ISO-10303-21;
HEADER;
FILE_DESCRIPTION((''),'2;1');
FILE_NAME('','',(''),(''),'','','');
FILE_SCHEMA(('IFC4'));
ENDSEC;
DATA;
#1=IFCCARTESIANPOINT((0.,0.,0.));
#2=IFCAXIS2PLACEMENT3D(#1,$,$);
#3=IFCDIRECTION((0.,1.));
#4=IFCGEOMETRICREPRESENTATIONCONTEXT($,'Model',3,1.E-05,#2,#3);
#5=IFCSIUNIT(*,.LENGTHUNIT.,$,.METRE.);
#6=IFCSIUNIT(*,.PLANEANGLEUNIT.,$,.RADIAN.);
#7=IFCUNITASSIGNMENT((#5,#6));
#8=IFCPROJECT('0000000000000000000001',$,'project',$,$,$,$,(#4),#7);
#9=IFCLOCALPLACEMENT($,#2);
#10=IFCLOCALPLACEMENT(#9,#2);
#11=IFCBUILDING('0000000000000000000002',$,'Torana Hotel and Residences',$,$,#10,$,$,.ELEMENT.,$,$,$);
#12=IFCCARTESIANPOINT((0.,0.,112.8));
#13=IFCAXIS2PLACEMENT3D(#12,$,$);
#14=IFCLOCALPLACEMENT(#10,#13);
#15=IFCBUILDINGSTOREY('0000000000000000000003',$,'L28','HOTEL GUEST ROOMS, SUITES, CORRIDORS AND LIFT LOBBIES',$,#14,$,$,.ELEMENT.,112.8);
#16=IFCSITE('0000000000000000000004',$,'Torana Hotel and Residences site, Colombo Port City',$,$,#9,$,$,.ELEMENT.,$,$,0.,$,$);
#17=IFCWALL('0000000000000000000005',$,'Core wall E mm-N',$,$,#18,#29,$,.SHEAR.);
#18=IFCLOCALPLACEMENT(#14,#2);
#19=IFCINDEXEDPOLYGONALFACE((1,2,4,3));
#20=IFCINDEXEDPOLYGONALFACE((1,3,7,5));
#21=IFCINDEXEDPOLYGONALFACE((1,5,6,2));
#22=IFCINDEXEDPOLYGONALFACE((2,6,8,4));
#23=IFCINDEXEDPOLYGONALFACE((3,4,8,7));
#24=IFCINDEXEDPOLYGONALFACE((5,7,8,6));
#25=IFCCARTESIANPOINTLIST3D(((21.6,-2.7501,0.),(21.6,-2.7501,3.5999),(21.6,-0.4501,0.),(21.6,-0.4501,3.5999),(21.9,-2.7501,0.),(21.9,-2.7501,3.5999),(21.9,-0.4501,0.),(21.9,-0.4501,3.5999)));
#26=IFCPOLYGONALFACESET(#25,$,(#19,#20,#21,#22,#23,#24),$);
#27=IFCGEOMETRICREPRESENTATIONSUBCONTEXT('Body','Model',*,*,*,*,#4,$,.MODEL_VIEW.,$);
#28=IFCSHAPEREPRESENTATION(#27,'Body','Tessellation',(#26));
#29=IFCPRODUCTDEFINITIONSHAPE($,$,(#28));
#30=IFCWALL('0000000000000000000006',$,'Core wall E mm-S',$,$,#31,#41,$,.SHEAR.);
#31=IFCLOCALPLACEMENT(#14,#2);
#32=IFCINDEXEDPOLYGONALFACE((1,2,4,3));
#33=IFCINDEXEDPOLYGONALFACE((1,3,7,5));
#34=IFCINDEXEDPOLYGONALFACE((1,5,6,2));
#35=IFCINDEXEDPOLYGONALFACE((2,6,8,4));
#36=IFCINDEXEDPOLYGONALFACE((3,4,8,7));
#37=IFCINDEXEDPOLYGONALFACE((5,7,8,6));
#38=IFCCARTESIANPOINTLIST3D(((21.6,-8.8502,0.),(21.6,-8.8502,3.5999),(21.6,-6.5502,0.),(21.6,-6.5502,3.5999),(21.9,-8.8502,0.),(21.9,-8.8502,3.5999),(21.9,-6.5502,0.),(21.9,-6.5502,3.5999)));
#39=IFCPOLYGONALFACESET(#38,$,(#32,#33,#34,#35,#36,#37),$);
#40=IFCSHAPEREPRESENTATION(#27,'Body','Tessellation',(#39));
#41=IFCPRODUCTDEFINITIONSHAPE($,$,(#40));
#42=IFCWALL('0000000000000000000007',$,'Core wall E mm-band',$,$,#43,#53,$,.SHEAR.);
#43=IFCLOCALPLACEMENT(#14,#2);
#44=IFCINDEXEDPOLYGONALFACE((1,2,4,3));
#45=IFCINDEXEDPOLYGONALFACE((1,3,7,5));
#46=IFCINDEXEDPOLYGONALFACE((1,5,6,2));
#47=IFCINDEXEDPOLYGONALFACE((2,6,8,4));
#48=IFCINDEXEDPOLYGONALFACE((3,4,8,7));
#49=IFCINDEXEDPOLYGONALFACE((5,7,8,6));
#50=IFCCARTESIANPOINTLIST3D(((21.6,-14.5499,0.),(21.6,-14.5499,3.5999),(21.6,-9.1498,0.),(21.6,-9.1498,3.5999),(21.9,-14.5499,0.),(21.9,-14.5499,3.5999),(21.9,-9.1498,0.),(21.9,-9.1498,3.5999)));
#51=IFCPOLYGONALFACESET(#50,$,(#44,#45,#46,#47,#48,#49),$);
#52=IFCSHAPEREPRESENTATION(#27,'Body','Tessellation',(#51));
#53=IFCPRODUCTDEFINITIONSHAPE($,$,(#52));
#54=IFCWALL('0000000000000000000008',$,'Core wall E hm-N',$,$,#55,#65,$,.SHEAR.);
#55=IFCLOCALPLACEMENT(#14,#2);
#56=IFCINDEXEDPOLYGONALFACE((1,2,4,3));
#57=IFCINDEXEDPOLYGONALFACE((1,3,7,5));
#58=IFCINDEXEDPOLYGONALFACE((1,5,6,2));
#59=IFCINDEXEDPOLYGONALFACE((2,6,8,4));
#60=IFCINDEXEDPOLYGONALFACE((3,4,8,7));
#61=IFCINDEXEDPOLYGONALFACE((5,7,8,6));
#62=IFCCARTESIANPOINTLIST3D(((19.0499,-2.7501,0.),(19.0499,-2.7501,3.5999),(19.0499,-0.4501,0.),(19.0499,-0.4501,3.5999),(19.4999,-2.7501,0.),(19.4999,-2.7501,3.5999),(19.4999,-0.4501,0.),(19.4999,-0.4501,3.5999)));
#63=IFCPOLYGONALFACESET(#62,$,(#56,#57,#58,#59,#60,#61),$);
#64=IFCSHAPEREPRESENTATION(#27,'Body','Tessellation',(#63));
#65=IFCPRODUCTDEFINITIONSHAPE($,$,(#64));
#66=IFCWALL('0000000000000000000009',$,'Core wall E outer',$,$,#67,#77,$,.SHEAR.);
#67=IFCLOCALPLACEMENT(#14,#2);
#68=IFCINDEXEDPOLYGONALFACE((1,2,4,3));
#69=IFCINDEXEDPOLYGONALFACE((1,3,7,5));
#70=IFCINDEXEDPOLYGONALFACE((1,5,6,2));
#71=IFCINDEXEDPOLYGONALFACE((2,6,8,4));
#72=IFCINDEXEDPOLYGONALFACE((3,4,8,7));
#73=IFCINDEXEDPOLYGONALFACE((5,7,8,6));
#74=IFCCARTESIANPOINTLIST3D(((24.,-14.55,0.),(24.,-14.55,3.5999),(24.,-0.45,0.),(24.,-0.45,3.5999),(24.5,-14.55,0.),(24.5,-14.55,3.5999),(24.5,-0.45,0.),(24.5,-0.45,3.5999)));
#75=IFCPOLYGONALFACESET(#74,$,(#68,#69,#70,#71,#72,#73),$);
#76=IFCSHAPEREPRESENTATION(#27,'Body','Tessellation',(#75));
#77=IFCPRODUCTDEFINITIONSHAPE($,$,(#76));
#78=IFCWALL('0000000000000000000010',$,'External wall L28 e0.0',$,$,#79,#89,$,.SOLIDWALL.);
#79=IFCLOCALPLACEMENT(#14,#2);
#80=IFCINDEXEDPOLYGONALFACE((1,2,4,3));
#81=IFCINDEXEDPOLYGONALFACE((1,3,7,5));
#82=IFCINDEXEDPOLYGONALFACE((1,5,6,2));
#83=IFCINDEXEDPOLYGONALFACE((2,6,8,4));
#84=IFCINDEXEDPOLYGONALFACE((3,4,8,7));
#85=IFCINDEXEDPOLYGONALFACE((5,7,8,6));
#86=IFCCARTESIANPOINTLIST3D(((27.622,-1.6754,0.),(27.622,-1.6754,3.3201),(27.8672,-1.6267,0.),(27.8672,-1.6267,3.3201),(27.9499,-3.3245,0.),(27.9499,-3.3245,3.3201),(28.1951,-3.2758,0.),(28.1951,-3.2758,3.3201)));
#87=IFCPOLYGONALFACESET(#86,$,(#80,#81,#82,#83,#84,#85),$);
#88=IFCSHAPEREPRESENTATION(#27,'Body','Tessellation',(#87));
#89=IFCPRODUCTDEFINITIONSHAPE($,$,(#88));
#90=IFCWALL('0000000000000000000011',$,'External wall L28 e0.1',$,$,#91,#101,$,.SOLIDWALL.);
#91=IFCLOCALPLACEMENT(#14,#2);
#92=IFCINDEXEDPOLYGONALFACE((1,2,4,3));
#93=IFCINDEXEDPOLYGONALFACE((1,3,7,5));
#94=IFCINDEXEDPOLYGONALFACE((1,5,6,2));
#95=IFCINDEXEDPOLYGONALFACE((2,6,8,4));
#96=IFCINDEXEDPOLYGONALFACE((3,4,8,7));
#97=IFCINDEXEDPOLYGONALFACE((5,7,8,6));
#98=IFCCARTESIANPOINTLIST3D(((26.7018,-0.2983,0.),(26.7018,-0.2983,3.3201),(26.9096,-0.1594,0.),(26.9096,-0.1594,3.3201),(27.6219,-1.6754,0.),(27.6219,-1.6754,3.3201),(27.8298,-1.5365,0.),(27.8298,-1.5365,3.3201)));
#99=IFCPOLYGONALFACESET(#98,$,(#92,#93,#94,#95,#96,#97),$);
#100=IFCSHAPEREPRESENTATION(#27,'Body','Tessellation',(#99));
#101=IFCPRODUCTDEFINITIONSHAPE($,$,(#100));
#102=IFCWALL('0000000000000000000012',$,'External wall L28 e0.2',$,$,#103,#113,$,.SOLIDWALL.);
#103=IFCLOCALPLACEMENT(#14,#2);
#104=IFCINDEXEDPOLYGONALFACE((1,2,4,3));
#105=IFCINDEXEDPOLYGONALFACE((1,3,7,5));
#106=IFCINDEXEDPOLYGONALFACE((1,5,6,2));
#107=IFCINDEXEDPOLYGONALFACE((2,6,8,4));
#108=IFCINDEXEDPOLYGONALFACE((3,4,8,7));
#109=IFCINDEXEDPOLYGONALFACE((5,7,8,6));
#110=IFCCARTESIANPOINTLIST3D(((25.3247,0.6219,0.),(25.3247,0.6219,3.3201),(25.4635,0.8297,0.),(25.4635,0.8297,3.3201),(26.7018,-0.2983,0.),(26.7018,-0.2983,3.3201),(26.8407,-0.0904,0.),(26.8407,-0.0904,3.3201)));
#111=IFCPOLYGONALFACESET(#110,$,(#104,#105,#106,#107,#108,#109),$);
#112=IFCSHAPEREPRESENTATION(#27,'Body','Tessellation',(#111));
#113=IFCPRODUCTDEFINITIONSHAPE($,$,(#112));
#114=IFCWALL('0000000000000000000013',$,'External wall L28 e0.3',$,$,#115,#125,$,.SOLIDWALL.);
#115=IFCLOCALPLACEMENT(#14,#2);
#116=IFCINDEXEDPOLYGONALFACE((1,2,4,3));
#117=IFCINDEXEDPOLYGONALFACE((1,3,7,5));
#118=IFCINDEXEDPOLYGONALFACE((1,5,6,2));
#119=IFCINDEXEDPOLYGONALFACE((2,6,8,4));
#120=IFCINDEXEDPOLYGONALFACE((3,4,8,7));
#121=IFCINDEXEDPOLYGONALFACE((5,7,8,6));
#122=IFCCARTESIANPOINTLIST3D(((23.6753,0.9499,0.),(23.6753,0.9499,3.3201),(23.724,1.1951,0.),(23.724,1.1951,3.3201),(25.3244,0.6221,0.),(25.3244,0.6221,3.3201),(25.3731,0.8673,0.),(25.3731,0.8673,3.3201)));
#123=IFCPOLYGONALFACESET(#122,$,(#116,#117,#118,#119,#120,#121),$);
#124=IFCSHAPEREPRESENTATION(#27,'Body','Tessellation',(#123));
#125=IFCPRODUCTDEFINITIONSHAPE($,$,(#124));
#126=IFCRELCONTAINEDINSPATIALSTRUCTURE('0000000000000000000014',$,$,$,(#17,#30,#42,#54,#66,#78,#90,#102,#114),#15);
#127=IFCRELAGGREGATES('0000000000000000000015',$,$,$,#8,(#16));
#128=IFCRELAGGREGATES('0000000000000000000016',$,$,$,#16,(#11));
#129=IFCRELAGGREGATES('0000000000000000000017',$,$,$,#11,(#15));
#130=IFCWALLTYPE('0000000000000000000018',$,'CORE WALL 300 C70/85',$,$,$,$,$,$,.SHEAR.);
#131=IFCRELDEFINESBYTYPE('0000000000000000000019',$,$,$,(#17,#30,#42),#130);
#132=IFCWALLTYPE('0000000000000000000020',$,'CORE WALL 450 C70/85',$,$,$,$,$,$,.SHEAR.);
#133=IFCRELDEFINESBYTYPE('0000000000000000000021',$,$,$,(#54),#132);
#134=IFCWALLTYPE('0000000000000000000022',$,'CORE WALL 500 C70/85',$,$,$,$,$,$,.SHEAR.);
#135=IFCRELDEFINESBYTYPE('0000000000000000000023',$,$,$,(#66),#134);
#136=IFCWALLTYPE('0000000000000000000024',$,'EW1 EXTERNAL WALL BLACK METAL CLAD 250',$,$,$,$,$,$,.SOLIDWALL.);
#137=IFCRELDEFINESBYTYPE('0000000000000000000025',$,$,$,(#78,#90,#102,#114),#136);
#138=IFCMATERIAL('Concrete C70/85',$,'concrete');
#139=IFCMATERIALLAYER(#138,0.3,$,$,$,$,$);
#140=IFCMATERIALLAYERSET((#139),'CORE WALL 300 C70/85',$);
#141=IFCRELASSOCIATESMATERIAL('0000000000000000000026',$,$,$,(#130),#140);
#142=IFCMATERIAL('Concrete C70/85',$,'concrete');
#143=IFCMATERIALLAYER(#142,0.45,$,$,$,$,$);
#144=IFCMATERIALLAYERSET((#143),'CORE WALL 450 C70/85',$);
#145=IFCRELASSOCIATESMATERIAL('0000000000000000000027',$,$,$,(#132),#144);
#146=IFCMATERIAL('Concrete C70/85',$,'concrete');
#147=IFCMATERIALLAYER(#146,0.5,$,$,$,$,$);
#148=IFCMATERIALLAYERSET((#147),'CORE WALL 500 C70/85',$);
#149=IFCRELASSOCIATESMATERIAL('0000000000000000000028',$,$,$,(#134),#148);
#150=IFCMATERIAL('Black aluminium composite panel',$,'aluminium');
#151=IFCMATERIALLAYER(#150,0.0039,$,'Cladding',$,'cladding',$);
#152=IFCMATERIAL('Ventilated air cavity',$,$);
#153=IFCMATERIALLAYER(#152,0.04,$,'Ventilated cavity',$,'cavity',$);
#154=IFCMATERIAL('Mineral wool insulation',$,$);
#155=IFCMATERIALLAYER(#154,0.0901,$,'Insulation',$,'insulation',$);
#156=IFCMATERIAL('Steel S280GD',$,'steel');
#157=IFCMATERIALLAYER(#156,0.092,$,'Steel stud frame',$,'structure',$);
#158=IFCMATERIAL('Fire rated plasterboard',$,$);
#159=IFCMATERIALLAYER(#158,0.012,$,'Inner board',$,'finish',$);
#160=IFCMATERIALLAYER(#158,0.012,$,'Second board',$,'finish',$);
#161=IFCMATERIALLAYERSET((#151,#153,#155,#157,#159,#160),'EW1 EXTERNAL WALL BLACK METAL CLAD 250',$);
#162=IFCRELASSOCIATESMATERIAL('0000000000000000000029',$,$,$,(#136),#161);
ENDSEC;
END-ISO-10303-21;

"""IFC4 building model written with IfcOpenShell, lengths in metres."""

from ifc_helpers import new_model, si_unit, direction, frame, frame_2d, origin, place, context, subcontext, project, spatial, rectangle, extrude, material, layer, layer_set, type_object, element, save


model = new_model("IFC4")

# Units and contexts
model_context = context("Model", 3, precision=1e-05, world=origin(), true_north=direction((0.0, 1.0)))
body_context = subcontext(model_context, "Body", "Model", "MODEL_VIEW")
ifc_project = project(units=[si_unit("LENGTHUNIT", "METRE"), si_unit("PLANEANGLEUNIT", "RADIAN")], contexts=[model_context])

# Site, building, storey
site_placement = place(None, origin())
site = spatial("IfcSite", under=ifc_project, at=site_placement, Name="Torana Hotel and Residences site, Colombo Port City", CompositionType="ELEMENT", RefElevation=0.0)
building_placement = place(site_placement, origin())
building = spatial("IfcBuilding", under=site, at=building_placement, Name="Torana Hotel and Residences", CompositionType="ELEMENT")
storey_placement = place(building_placement, frame((0.0, 0.0, 112.8)))
storey = spatial("IfcBuildingStorey", under=building, at=storey_placement, Name="L28", Description="HOTEL GUEST ROOMS, SUITES, CORRIDORS AND LIFT LOBBIES", CompositionType="ELEMENT", Elevation=112.8)

# Walls
ifc_material_1 = material(Name="Concrete C70/85", Category="concrete")
ifc_layer_1 = layer(ifc_material_1, 0.3)
ifc_layer_set_1 = layer_set([ifc_layer_1], Name="CORE WALL 300 C70/85")
wall_type_1 = type_object("IfcWallType", Name="CORE WALL 300 C70/85", PredefinedType="SHEAR", material=ifc_layer_set_1)
for number, where, z_axis, x_axis, name in (
    (1, (21.75, -2.75, 0.0), (0.0, 0.0, 1.0), (0.0, 1.0, 0.0), "Core wall E mm-N"),
    (2, (21.75, -8.8501, 0.0), (0.0, 0.0, 1.0), (0.0, 1.0, 0.0), "Core wall E mm-S"),
):
    element("IfcWall", number, at=place(storey_placement, frame(where, z_axis=z_axis, x_axis=x_axis)), inside=storey, type_object=wall_type_1, Name=name, PredefinedType="SHEAR", context=body_context, shape_type="SweptSolid", body=[
        extrude(rectangle(XDim=2.3, YDim=0.3, at=frame_2d((1.1499, 0.0))), origin(), (0.0, 0.0, 1.0), 3.5999),
    ])
wall_1_placement = place(storey_placement, frame((21.75, -14.55, 0.0), z_axis=(0.0, 0.0, 1.0), x_axis=(0.0, 1.0, 0.0)))
element("IfcWall", 3, at=wall_1_placement, inside=storey, type_object=wall_type_1, Name="Core wall E mm-band", PredefinedType="SHEAR", context=body_context, shape_type="SweptSolid", body=[
    extrude(rectangle(XDim=5.4001, YDim=0.3, at=frame_2d((2.7002, 0.0))), origin(), (0.0, 0.0, 1.0), 3.5999),
])
ifc_material_2 = material(Name="Concrete C70/85", Category="concrete")
ifc_layer_2 = layer(ifc_material_2, 0.45)
ifc_layer_set_2 = layer_set([ifc_layer_2], Name="CORE WALL 450 C70/85")
wall_type_2 = type_object("IfcWallType", Name="CORE WALL 450 C70/85", PredefinedType="SHEAR", material=ifc_layer_set_2)
wall_2_placement = place(storey_placement, frame((19.2749, -2.75, 0.0), z_axis=(0.0, 0.0, 1.0), x_axis=(0.0, 1.0, 0.0)))
element("IfcWall", 4, at=wall_2_placement, inside=storey, type_object=wall_type_2, Name="Core wall E hm-N", PredefinedType="SHEAR", context=body_context, shape_type="SweptSolid", body=[
    extrude(rectangle(XDim=2.3, YDim=0.45, at=frame_2d((1.1499, 0.0))), origin(), (0.0, 0.0, 1.0), 3.5999),
])
ifc_material_3 = material(Name="Concrete C70/85", Category="concrete")
ifc_layer_3 = layer(ifc_material_3, 0.5)
ifc_layer_set_3 = layer_set([ifc_layer_3], Name="CORE WALL 500 C70/85")
wall_type_3 = type_object("IfcWallType", Name="CORE WALL 500 C70/85", PredefinedType="SHEAR", material=ifc_layer_set_3)
wall_3_placement = place(storey_placement, frame((24.25, -14.55, 0.0), z_axis=(0.0, 0.0, 1.0), x_axis=(0.0, 1.0, 0.0)))
element("IfcWall", 5, at=wall_3_placement, inside=storey, type_object=wall_type_3, Name="Core wall E outer", PredefinedType="SHEAR", context=body_context, shape_type="SweptSolid", body=[
    extrude(rectangle(XDim=14.1001, YDim=0.5, at=frame_2d((7.05, 0.0))), origin(), (0.0, 0.0, 1.0), 3.5999),
])
ifc_material_4 = material(Name="Black aluminium composite panel", Category="aluminium")
ifc_layer_4 = layer(ifc_material_4, 0.0039, Name="Cladding", Category="cladding")
ifc_material_5 = material(Name="Ventilated air cavity")
ifc_layer_5 = layer(ifc_material_5, 0.04, Name="Ventilated cavity", Category="cavity")
ifc_material_6 = material(Name="Mineral wool insulation")
ifc_layer_6 = layer(ifc_material_6, 0.0901, Name="Insulation", Category="insulation")
ifc_material_7 = material(Name="Steel S280GD", Category="steel")
ifc_layer_7 = layer(ifc_material_7, 0.092, Name="Steel stud frame", Category="structure")
ifc_material_8 = material(Name="Fire rated plasterboard")
ifc_layer_8 = layer(ifc_material_8, 0.012, Name="Inner board", Category="finish")
ifc_layer_9 = layer(ifc_material_8, 0.012, Name="Second board", Category="finish")
ifc_layer_set_4 = layer_set([ifc_layer_4, ifc_layer_5, ifc_layer_6, ifc_layer_7, ifc_layer_8, ifc_layer_9], Name="EW1 EXTERNAL WALL BLACK METAL CLAD 250")
wall_type_4 = type_object("IfcWallType", Name="EW1 EXTERNAL WALL BLACK METAL CLAD 250", PredefinedType="SOLIDWALL", material=ifc_layer_set_4)
wall_4_placement = place(storey_placement, frame((28.0725, -3.3003, 0.0), z_axis=(0.0, 0.0, 1.0), x_axis=(-0.194999, 0.980803, 0.0)))
element("IfcWall", 6, at=wall_4_placement, inside=storey, type_object=wall_type_4, Name="External wall L28 e0.0", PredefinedType="SOLIDWALL", context=body_context, shape_type="SweptSolid", body=[
    extrude(rectangle(XDim=1.6814, YDim=0.25, at=frame_2d((0.8408, 0.0))), origin(), (0.0, 0.0, 1.0), 3.3201),
])
for number, where, z_axis, x_axis, name in (
    (7, (27.7258, -1.606, 0.0), (0.0, 0.0, 1.0), (-0.55555, 0.831483, 0.0), "External wall L28 e0.1"),
    (8, (26.7712, -0.1943, 0.0), (0.0, 0.0, 1.0), (-0.831483, 0.55555, 0.0), "External wall L28 e0.2"),
):
    element("IfcWall", number, at=place(storey_placement, frame(where, z_axis=z_axis, x_axis=x_axis)), inside=storey, type_object=wall_type_4, Name=name, PredefinedType="SOLIDWALL", context=body_context, shape_type="SweptSolid", body=[
        extrude(rectangle(XDim=1.6562, YDim=0.25, at=frame_2d((0.8281, 0.0))), origin(), (0.0, 0.0, 1.0), 3.3201),
    ])
wall_5_placement = place(storey_placement, frame((25.3489, 0.7446, 0.0), z_axis=(0.0, 0.0, 1.0), x_axis=(-0.980803, 0.194999, 0.0)))
element("IfcWall", 9, at=wall_5_placement, inside=storey, type_object=wall_type_4, Name="External wall L28 e0.3", PredefinedType="SOLIDWALL", context=body_context, shape_type="SweptSolid", body=[
    extrude(rectangle(XDim=1.6814, YDim=0.25, at=frame_2d((0.8408, 0.0))), origin(), (0.0, 0.0, 1.0), 3.3201),
])

save(model, "model.ifc")
